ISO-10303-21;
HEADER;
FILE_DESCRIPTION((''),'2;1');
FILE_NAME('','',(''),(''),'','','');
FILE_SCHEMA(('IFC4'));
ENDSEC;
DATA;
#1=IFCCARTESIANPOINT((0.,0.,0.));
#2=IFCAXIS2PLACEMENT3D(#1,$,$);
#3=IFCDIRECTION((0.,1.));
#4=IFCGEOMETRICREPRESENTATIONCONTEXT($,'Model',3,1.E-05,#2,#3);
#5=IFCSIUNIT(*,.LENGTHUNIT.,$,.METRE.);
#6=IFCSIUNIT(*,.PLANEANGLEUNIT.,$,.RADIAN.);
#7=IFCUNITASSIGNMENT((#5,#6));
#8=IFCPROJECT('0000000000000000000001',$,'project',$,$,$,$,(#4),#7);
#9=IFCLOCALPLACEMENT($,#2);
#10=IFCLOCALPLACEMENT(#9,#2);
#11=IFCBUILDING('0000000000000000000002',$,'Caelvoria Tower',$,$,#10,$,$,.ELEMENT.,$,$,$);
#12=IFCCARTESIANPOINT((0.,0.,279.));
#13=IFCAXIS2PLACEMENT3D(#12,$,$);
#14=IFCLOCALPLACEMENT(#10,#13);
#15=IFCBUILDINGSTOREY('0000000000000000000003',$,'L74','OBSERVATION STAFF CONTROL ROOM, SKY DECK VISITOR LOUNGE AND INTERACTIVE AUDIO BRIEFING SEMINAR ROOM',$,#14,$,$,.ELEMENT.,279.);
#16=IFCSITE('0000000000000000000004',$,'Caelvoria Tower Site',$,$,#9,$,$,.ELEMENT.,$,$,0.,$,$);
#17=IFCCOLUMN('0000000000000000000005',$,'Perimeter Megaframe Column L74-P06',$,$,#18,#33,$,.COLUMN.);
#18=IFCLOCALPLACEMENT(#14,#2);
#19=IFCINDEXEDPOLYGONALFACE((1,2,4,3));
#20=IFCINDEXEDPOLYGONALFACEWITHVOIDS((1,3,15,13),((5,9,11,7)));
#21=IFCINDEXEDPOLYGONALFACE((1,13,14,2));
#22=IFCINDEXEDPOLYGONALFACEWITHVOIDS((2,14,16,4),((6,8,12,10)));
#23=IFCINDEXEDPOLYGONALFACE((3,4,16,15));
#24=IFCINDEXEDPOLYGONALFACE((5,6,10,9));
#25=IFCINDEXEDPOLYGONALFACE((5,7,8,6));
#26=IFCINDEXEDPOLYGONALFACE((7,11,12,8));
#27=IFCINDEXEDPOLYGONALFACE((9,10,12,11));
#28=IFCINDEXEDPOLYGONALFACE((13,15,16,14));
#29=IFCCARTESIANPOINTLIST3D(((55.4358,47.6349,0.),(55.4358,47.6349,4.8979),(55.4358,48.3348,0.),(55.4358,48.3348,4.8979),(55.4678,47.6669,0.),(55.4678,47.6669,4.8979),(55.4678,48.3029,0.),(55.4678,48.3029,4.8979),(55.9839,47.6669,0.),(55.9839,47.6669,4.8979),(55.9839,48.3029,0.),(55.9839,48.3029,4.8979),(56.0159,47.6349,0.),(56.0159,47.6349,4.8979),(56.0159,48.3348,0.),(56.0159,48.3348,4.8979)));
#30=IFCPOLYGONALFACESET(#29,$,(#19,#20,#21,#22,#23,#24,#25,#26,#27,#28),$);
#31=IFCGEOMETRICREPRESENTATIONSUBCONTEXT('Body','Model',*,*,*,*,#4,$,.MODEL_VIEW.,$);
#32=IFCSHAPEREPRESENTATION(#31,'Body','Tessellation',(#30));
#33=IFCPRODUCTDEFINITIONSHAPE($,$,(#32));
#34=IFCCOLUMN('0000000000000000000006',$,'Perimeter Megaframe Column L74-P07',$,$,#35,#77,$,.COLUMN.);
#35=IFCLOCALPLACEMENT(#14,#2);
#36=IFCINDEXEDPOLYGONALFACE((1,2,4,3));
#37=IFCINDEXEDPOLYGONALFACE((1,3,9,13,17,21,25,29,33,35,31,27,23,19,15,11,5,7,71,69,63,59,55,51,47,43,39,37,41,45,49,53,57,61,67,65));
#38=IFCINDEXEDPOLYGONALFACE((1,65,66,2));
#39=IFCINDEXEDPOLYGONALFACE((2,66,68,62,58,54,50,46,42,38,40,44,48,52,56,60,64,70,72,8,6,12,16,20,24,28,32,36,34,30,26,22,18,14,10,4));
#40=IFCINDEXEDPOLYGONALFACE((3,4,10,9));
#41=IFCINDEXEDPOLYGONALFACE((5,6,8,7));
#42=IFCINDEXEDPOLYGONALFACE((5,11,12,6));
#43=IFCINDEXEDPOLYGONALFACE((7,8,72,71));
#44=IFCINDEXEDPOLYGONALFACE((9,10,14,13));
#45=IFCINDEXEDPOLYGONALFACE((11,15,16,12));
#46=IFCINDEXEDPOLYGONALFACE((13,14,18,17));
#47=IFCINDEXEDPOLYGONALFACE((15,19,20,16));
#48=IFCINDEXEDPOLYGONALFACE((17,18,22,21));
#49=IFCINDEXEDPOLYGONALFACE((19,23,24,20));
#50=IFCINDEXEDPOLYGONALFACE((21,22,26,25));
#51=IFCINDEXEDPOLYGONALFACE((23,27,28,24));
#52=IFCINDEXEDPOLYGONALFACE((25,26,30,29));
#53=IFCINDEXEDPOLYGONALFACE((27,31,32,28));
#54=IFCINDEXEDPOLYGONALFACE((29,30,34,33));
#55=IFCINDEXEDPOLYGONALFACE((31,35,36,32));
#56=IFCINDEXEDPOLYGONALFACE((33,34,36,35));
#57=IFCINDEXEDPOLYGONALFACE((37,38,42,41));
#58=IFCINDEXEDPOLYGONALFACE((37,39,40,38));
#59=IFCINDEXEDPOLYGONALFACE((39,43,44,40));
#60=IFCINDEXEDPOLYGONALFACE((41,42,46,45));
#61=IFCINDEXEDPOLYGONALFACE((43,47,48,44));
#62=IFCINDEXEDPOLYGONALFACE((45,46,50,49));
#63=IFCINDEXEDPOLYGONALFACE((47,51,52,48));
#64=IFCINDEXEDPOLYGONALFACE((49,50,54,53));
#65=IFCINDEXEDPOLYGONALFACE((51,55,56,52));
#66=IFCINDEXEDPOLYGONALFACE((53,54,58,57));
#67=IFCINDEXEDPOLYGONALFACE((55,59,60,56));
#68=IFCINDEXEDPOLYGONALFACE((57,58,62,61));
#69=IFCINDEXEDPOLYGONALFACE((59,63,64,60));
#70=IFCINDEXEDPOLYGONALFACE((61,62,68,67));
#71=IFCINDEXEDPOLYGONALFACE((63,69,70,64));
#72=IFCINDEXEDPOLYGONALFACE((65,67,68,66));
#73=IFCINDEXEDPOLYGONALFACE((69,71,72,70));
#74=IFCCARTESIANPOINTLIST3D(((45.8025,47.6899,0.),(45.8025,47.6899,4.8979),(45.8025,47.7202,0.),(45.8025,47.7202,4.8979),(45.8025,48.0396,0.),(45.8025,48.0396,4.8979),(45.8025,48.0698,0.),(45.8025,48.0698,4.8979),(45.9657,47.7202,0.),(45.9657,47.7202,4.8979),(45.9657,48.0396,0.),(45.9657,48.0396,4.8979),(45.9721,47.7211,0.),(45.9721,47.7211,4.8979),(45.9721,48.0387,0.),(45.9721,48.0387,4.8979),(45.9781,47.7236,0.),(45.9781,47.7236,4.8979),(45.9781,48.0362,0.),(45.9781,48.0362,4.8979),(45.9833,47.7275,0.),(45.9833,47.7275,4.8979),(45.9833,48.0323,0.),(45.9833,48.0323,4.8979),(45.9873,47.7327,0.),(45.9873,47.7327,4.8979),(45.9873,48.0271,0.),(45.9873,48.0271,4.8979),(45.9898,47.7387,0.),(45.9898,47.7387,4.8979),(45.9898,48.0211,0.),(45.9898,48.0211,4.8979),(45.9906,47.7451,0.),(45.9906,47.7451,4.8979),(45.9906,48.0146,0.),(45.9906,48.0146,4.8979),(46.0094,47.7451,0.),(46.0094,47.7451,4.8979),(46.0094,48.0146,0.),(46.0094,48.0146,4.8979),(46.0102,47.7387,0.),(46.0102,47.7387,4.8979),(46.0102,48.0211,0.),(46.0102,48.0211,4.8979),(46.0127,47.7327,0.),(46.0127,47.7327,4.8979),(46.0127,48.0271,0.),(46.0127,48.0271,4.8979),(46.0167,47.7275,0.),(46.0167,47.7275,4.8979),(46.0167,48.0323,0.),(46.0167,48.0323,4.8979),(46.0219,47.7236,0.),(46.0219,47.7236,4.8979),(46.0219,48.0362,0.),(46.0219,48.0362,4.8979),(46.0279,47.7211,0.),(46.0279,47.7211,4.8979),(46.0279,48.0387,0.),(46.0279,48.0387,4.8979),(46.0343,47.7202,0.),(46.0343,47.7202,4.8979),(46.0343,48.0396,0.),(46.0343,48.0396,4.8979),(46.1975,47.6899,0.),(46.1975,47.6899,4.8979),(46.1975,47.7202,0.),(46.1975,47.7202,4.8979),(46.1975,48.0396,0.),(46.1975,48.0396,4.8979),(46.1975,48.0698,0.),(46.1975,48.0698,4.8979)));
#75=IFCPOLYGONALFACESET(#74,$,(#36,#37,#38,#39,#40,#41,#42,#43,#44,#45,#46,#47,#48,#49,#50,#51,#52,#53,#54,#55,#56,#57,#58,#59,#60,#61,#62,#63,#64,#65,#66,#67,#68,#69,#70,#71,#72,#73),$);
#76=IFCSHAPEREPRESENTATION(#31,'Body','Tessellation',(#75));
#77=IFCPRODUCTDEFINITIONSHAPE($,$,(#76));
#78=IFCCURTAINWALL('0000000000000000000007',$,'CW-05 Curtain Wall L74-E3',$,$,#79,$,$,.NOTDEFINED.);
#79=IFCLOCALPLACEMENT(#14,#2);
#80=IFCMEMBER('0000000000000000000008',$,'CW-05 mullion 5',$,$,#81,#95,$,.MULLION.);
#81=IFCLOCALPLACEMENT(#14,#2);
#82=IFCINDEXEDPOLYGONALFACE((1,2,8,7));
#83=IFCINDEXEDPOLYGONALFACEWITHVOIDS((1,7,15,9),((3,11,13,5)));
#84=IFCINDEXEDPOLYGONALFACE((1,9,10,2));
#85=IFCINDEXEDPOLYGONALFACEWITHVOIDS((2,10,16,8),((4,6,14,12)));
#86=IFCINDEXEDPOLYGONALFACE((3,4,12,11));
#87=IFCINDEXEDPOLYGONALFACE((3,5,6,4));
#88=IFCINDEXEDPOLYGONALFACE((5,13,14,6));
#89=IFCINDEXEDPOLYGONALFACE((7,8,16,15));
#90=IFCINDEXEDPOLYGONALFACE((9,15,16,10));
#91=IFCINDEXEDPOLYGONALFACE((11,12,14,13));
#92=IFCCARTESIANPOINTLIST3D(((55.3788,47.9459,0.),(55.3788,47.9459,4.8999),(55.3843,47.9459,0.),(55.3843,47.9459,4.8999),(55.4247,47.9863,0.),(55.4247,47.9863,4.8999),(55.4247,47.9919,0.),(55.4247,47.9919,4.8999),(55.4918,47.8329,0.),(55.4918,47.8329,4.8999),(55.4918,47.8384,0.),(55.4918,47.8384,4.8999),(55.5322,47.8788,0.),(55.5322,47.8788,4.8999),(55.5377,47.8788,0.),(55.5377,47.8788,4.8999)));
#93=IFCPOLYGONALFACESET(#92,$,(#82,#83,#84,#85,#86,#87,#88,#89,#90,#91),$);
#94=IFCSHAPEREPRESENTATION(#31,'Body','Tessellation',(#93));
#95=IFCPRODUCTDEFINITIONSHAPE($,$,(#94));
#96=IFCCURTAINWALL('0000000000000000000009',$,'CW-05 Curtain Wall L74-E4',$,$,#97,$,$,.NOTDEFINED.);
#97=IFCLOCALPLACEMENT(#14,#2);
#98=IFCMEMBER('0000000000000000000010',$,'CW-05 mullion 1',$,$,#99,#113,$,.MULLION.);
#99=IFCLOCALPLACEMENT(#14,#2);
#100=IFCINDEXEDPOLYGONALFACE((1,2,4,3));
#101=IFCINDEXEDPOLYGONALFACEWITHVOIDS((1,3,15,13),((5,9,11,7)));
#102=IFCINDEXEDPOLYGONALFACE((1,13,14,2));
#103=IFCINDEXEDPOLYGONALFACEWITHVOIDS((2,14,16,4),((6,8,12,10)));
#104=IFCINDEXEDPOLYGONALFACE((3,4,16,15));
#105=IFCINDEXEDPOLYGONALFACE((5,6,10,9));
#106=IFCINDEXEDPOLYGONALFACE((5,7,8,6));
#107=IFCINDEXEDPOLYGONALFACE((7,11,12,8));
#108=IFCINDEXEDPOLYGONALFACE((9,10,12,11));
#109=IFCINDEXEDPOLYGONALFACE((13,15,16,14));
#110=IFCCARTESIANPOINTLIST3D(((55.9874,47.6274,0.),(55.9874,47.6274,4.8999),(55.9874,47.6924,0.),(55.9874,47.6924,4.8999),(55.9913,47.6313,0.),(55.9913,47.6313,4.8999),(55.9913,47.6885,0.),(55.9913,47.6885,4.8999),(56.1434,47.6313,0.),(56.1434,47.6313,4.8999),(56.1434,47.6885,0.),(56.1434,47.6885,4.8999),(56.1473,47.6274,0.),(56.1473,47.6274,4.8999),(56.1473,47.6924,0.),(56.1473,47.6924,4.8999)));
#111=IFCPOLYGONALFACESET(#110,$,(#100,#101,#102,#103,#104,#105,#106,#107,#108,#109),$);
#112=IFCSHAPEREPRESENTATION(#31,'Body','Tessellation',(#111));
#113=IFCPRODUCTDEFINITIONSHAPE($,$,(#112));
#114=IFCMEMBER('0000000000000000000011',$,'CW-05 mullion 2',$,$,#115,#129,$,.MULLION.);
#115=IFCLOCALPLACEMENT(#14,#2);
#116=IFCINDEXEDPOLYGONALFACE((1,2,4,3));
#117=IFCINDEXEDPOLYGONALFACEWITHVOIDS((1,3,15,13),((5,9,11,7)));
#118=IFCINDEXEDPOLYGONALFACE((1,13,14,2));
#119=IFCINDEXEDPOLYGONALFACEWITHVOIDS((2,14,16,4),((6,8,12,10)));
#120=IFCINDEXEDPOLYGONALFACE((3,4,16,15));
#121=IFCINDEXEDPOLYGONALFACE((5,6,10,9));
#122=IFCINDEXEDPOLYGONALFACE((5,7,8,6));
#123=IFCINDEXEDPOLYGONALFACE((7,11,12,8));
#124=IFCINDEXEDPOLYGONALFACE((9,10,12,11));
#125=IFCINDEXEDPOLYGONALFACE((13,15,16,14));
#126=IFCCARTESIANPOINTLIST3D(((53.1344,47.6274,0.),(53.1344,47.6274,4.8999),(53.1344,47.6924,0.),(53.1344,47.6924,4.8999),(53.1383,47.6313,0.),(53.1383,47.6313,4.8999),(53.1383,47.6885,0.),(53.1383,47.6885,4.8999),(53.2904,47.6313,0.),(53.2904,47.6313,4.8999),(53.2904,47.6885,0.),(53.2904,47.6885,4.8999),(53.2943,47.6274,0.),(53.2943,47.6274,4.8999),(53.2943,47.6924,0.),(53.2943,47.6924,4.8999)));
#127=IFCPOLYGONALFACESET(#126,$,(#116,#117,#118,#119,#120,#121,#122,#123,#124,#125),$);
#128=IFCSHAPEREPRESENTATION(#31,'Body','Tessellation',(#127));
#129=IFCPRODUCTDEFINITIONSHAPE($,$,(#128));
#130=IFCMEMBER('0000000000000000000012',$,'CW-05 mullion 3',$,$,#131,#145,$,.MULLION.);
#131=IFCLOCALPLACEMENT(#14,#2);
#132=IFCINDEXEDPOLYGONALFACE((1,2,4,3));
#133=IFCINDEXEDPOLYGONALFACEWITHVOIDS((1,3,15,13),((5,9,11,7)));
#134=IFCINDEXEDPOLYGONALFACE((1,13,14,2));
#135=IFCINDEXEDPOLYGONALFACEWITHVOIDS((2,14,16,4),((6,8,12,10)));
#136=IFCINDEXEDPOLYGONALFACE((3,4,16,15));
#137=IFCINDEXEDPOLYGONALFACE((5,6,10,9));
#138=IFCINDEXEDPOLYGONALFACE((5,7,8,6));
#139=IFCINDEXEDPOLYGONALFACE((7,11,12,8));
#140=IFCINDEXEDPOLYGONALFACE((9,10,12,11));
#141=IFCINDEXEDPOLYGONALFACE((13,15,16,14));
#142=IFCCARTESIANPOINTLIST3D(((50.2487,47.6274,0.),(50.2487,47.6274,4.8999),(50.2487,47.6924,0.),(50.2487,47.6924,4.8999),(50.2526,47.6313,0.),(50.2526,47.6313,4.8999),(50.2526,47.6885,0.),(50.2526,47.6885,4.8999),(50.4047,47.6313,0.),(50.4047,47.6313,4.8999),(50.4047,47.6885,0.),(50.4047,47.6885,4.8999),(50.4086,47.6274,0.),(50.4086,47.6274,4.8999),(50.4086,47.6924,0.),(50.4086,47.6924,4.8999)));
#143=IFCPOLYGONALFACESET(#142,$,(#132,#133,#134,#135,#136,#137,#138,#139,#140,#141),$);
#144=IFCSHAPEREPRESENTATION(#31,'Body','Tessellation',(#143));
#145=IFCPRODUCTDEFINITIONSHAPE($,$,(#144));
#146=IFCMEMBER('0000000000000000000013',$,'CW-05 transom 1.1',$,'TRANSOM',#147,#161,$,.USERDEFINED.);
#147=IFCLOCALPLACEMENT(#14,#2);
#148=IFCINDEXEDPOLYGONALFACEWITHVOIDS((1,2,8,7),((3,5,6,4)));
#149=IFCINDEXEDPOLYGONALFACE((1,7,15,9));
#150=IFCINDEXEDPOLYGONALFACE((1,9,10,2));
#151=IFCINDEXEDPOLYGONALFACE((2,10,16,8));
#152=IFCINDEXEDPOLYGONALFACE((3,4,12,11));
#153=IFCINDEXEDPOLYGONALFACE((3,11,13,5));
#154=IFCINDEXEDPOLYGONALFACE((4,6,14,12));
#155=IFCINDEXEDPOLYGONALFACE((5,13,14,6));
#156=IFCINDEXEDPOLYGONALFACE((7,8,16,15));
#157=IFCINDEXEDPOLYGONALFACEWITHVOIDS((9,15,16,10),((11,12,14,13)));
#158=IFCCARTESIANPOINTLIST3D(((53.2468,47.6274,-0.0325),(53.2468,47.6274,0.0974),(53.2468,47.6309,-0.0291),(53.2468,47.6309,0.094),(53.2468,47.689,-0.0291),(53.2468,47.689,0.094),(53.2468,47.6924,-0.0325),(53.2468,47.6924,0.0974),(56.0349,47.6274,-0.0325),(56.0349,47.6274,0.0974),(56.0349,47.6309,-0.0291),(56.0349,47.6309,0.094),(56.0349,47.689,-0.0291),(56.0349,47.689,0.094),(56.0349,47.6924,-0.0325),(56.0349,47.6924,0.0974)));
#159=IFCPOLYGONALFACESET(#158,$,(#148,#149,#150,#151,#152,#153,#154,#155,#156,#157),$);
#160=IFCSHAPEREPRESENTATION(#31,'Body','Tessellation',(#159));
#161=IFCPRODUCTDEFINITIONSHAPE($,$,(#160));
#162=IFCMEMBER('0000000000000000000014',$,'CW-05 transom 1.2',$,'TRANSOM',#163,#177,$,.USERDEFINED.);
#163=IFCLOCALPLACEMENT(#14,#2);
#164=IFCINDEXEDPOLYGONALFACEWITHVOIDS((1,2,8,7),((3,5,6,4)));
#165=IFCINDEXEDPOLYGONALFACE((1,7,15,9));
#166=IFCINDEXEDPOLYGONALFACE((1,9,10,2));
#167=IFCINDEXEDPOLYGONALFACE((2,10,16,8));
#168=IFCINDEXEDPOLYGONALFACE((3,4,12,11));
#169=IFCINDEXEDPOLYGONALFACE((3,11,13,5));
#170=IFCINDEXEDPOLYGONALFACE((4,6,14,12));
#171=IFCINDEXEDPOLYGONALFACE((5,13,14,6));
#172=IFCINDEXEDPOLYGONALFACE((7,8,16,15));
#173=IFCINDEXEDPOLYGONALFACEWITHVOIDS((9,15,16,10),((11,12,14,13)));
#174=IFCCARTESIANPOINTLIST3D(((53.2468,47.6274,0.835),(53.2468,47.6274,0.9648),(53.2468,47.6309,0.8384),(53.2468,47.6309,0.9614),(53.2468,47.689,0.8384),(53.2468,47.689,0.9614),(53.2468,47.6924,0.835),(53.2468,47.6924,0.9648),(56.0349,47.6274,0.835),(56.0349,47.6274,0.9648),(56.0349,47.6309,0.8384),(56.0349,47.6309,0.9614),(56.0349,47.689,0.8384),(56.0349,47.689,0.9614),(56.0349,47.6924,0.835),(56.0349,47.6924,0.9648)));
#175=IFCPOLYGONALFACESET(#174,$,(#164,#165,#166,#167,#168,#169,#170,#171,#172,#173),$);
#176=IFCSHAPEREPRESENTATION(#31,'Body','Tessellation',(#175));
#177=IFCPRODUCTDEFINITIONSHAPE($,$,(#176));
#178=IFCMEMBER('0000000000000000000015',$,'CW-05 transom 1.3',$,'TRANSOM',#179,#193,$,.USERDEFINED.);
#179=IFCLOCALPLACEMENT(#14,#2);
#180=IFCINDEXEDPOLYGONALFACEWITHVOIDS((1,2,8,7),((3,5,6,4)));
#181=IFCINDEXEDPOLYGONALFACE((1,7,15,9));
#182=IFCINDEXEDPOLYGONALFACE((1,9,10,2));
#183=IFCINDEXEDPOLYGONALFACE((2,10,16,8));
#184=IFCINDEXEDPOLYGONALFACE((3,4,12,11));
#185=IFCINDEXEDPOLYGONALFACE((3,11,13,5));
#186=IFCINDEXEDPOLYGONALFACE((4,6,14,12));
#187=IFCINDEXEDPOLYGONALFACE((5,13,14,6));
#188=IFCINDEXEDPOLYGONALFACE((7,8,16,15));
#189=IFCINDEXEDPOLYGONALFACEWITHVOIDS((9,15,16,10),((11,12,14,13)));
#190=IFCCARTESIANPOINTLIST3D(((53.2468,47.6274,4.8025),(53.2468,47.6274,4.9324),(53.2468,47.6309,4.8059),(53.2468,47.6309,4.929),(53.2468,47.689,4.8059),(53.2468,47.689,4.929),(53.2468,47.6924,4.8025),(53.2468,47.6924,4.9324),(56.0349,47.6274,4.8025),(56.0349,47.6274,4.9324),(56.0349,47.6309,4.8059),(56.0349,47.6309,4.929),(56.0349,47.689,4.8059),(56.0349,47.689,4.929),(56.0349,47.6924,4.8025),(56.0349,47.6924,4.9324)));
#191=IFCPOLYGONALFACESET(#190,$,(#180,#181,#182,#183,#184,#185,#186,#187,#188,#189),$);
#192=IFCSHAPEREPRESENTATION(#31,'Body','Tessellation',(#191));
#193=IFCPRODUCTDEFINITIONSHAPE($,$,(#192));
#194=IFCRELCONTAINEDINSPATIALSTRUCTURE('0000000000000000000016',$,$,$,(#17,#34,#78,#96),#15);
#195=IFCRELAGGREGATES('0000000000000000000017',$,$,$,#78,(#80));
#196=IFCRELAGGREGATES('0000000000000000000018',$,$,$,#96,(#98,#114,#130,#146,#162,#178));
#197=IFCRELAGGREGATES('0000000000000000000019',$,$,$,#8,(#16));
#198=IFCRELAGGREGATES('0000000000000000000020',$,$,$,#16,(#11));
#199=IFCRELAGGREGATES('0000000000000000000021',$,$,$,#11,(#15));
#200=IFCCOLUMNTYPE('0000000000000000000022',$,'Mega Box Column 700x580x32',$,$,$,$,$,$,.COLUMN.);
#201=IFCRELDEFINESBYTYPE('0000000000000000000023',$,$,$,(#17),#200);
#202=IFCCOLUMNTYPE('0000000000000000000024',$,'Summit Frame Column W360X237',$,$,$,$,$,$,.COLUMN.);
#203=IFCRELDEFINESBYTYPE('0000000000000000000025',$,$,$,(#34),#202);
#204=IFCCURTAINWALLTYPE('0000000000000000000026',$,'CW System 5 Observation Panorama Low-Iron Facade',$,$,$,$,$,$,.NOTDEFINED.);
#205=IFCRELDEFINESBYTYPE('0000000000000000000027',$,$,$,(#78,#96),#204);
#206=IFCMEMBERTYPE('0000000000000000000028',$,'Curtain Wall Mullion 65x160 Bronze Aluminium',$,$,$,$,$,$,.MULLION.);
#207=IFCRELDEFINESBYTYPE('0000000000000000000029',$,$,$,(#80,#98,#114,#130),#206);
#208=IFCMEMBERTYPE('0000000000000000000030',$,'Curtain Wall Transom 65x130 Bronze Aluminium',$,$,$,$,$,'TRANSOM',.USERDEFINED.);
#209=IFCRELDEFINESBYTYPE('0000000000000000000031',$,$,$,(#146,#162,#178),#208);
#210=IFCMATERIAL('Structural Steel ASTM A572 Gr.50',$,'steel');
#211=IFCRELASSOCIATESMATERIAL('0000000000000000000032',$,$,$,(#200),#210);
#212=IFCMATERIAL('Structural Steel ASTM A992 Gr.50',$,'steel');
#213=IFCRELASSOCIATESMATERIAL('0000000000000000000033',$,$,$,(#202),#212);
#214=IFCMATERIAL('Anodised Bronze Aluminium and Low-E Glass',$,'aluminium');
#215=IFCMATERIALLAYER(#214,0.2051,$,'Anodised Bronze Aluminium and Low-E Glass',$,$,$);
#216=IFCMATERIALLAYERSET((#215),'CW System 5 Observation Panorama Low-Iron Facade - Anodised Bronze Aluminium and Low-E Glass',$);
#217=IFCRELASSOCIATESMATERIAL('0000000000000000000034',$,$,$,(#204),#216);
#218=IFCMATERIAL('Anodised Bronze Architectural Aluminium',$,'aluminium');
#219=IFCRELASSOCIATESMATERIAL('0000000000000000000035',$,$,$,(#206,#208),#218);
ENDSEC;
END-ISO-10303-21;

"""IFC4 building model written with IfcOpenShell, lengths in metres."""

from ifc_helpers import new_model, si_unit, direction, frame, origin, origin_2d, place, context, subcontext, project, spatial, hollow_rectangle, i_section, extrude, material, layer, layer_set, material_profile, profile_set, type_object, element, aggregate, save


model = new_model("IFC4")

# Units and contexts
model_context = context("Model", 3, precision=1e-05, world=origin(), true_north=direction((0.0, 1.0)))
body_context = subcontext(model_context, "Body", "Model", "MODEL_VIEW")
ifc_project = project(units=[si_unit("LENGTHUNIT", "METRE"), si_unit("PLANEANGLEUNIT", "RADIAN")], contexts=[model_context])

# Site, building, storey
site_placement = place(None, origin())
site = spatial("IfcSite", under=ifc_project, at=site_placement, Name="Caelvoria Tower Site", CompositionType="ELEMENT", RefElevation=0.0)
building_placement = place(site_placement, origin())
building = spatial("IfcBuilding", under=site, at=building_placement, Name="Caelvoria Tower", CompositionType="ELEMENT")
storey_placement = place(building_placement, frame((0.0, 0.0, 279.0)))
storey = spatial("IfcBuildingStorey", under=building, at=storey_placement, Name="L74", Description="OBSERVATION STAFF CONTROL ROOM, SKY DECK VISITOR LOUNGE AND INTERACTIVE AUDIO BRIEFING SEMINAR ROOM", CompositionType="ELEMENT", Elevation=279.0)

# Columns
ifc_material_1 = material(Name="Structural Steel ASTM A572 Gr.50", Category="steel")
ifc_material_profile_1 = material_profile(ifc_material_1, hollow_rectangle(XDim=0.5801, YDim=0.7, WallThickness=0.032, at=origin_2d()), Name="Structural Steel ASTM A572 Gr.50")
ifc_profile_set_1 = profile_set([ifc_material_profile_1], Name="BOX700X580X32 - Structural Steel ASTM A572 Gr.50")
column_type_1 = type_object("IfcColumnType", Name="Mega Box Column 700x580x32", PredefinedType="COLUMN", material=ifc_profile_set_1)
column_1_placement = place(storey_placement, frame((55.7258, 47.9849, 0.0), z_axis=(0.0, 0.0, 1.0), x_axis=(1.0, 0.0, 0.0)))
element("IfcColumn", 1, at=column_1_placement, inside=storey, type_object=column_type_1, Name="Perimeter Megaframe Column L74-P06", PredefinedType="COLUMN", context=body_context, shape_type="SweptSolid", body=[
    extrude(hollow_rectangle(XDim=0.5801, YDim=0.7, WallThickness=0.032, at=origin_2d()), origin(), (0.0, 0.0, 1.0), 4.8979),
])
ifc_material_2 = material(Name="Structural Steel ASTM A992 Gr.50", Category="steel")
ifc_material_profile_2 = material_profile(ifc_material_2, i_section(OverallWidth=0.395, OverallDepth=0.3799, WebThickness=0.0188, FlangeThickness=0.0303, FilletRadius=0.0249, at=origin_2d()), Name="Structural Steel ASTM A992 Gr.50")
ifc_profile_set_2 = profile_set([ifc_material_profile_2], Name="W360X237 - Structural Steel ASTM A992 Gr.50")
column_type_2 = type_object("IfcColumnType", Name="Summit Frame Column W360X237", PredefinedType="COLUMN", material=ifc_profile_set_2)
column_2_placement = place(storey_placement, frame((46.0, 47.8799, 0.0), z_axis=(0.0, 0.0, 1.0), x_axis=(1.0, 0.0, 0.0)))
element("IfcColumn", 2, at=column_2_placement, inside=storey, type_object=column_type_2, Name="Perimeter Megaframe Column L74-P07", PredefinedType="COLUMN", context=body_context, shape_type="SweptSolid", body=[
    extrude(i_section(OverallWidth=0.395, OverallDepth=0.3799, WebThickness=0.0188, FlangeThickness=0.0303, FilletRadius=0.0249, at=origin_2d()), origin(), (0.0, 0.0, 1.0), 4.8979),
])

# Curtain wall, member
ifc_material_3 = material(Name="Anodised Bronze Aluminium and Low-E Glass", Category="aluminium")
ifc_layer_1 = layer(ifc_material_3, 0.2051, Name="Anodised Bronze Aluminium and Low-E Glass")
ifc_layer_set_1 = layer_set([ifc_layer_1], Name="CW System 5 Observation Panorama Low-Iron Facade - Anodised Bronze Aluminium and Low-E Glass")
curtain_wall_type = type_object("IfcCurtainWallType", Name="CW System 5 Observation Panorama Low-Iron Facade", PredefinedType="NOTDEFINED", material=ifc_layer_set_1)
curtain_wall_1_placement = place(storey_placement, origin())
curtain_wall_1 = element("IfcCurtainWall", 3, at=curtain_wall_1_placement, inside=storey, type_object=curtain_wall_type, Name="CW-05 Curtain Wall L74-E3", PredefinedType="NOTDEFINED")
ifc_material_4 = material(Name="Anodised Bronze Architectural Aluminium", Category="aluminium")
ifc_material_profile_3 = material_profile(ifc_material_4, hollow_rectangle(XDim=0.0649, YDim=0.1599, WallThickness=0.0039, at=origin_2d()), Name="Anodised Bronze Architectural Aluminium")
ifc_profile_set_3 = profile_set([ifc_material_profile_3], Name="CW_MULL_65X160 - Anodised Bronze Architectural Aluminium")
member_type_1 = type_object("IfcMemberType", Name="Curtain Wall Mullion 65x160 Bronze Aluminium", PredefinedType="MULLION", material=ifc_profile_set_3)
member_1_placement = place(storey_placement, frame((55.4583, 47.9124, 0.0), z_axis=(0.0, 0.0, 1.0), x_axis=(-0.707107, -0.707107, 0.0)))
member_1 = element("IfcMember", 4, at=member_1_placement, type_object=member_type_1, Name="CW-05 mullion 5", PredefinedType="MULLION", context=body_context, shape_type="SweptSolid", body=[
    extrude(hollow_rectangle(XDim=0.0649, YDim=0.1599, WallThickness=0.0039, at=origin_2d()), origin(), (0.0, 0.0, 1.0), 4.8999),
])
aggregate(curtain_wall_1, [member_1])

# Curtain wall, members
curtain_wall_2_placement = place(storey_placement, origin())
curtain_wall_2 = element("IfcCurtainWall", 5, at=curtain_wall_2_placement, inside=storey, type_object=curtain_wall_type, Name="CW-05 Curtain Wall L74-E4", PredefinedType="NOTDEFINED")
member_2_placement = place(storey_placement, frame((56.0674, 47.6599, 0.0), z_axis=(0.0, 0.0, 1.0), x_axis=(0.0, -1.0, 0.0)))
member_2 = element("IfcMember", 6, at=member_2_placement, type_object=member_type_1, Name="CW-05 mullion 1", PredefinedType="MULLION", context=body_context, shape_type="SweptSolid", body=[
    extrude(hollow_rectangle(XDim=0.0649, YDim=0.1599, WallThickness=0.0039, at=origin_2d()), origin(), (0.0, 0.0, 1.0), 4.8999),
])
member_3_placement = place(storey_placement, frame((53.2144, 47.6599, 0.0), z_axis=(0.0, 0.0, 1.0), x_axis=(0.0, -1.0, 0.0)))
member_3 = element("IfcMember", 7, at=member_3_placement, type_object=member_type_1, Name="CW-05 mullion 2", PredefinedType="MULLION", context=body_context, shape_type="SweptSolid", body=[
    extrude(hollow_rectangle(XDim=0.0649, YDim=0.1599, WallThickness=0.0039, at=origin_2d()), origin(), (0.0, 0.0, 1.0), 4.8999),
])
member_4_placement = place(storey_placement, frame((50.3286, 47.6599, 0.0), z_axis=(0.0, 0.0, 1.0), x_axis=(0.0, -1.0, 0.0)))
member_4 = element("IfcMember", 8, at=member_4_placement, type_object=member_type_1, Name="CW-05 mullion 3", PredefinedType="MULLION", context=body_context, shape_type="SweptSolid", body=[
    extrude(hollow_rectangle(XDim=0.0649, YDim=0.1599, WallThickness=0.0039, at=origin_2d()), origin(), (0.0, 0.0, 1.0), 4.8999),
])
ifc_material_profile_4 = material_profile(ifc_material_4, hollow_rectangle(XDim=0.0649, YDim=0.1299, WallThickness=0.0034, at=origin_2d()), Name="Anodised Bronze Architectural Aluminium")
ifc_profile_set_4 = profile_set([ifc_material_profile_4], Name="CW_TRAN_65X130 - Anodised Bronze Architectural Aluminium")
member_type_2 = type_object("IfcMemberType", Name="Curtain Wall Transom 65x130 Bronze Aluminium", ElementType="TRANSOM", PredefinedType="USERDEFINED", material=ifc_profile_set_4)
member_5_placement = place(storey_placement, frame((56.0349, 47.6599, 0.0325), z_axis=(-1.0, 0.0, 0.0), x_axis=(0.0, -1.0, 0.0)))
member_5 = element("IfcMember", 9, at=member_5_placement, type_object=member_type_2, Name="CW-05 transom 1.1", ObjectType="TRANSOM", PredefinedType="USERDEFINED", context=body_context, shape_type="SweptSolid", body=[
    extrude(hollow_rectangle(XDim=0.0649, YDim=0.1299, WallThickness=0.0034, at=origin_2d()), origin(), (0.0, 0.0, 1.0), 2.7881),
])
member_6_placement = place(storey_placement, frame((56.0349, 47.6599, 0.8999), z_axis=(-1.0, 0.0, 0.0), x_axis=(0.0, -1.0, 0.0)))
member_6 = element("IfcMember", 10, at=member_6_placement, type_object=member_type_2, Name="CW-05 transom 1.2", ObjectType="TRANSOM", PredefinedType="USERDEFINED", context=body_context, shape_type="SweptSolid", body=[
    extrude(hollow_rectangle(XDim=0.0649, YDim=0.1299, WallThickness=0.0034, at=origin_2d()), origin(), (0.0, 0.0, 1.0), 2.7881),
])
member_7_placement = place(storey_placement, frame((56.0349, 47.6599, 4.8674), z_axis=(-1.0, 0.0, 0.0), x_axis=(0.0, -1.0, 0.0)))
member_7 = element("IfcMember", 11, at=member_7_placement, type_object=member_type_2, Name="CW-05 transom 1.3", ObjectType="TRANSOM", PredefinedType="USERDEFINED", context=body_context, shape_type="SweptSolid", body=[
    extrude(hollow_rectangle(XDim=0.0649, YDim=0.1299, WallThickness=0.0034, at=origin_2d()), origin(), (0.0, 0.0, 1.0), 2.7881),
])

aggregate(curtain_wall_2, [member_2, member_3, member_4, member_5, member_6, member_7])

save(model, "model.ifc")
